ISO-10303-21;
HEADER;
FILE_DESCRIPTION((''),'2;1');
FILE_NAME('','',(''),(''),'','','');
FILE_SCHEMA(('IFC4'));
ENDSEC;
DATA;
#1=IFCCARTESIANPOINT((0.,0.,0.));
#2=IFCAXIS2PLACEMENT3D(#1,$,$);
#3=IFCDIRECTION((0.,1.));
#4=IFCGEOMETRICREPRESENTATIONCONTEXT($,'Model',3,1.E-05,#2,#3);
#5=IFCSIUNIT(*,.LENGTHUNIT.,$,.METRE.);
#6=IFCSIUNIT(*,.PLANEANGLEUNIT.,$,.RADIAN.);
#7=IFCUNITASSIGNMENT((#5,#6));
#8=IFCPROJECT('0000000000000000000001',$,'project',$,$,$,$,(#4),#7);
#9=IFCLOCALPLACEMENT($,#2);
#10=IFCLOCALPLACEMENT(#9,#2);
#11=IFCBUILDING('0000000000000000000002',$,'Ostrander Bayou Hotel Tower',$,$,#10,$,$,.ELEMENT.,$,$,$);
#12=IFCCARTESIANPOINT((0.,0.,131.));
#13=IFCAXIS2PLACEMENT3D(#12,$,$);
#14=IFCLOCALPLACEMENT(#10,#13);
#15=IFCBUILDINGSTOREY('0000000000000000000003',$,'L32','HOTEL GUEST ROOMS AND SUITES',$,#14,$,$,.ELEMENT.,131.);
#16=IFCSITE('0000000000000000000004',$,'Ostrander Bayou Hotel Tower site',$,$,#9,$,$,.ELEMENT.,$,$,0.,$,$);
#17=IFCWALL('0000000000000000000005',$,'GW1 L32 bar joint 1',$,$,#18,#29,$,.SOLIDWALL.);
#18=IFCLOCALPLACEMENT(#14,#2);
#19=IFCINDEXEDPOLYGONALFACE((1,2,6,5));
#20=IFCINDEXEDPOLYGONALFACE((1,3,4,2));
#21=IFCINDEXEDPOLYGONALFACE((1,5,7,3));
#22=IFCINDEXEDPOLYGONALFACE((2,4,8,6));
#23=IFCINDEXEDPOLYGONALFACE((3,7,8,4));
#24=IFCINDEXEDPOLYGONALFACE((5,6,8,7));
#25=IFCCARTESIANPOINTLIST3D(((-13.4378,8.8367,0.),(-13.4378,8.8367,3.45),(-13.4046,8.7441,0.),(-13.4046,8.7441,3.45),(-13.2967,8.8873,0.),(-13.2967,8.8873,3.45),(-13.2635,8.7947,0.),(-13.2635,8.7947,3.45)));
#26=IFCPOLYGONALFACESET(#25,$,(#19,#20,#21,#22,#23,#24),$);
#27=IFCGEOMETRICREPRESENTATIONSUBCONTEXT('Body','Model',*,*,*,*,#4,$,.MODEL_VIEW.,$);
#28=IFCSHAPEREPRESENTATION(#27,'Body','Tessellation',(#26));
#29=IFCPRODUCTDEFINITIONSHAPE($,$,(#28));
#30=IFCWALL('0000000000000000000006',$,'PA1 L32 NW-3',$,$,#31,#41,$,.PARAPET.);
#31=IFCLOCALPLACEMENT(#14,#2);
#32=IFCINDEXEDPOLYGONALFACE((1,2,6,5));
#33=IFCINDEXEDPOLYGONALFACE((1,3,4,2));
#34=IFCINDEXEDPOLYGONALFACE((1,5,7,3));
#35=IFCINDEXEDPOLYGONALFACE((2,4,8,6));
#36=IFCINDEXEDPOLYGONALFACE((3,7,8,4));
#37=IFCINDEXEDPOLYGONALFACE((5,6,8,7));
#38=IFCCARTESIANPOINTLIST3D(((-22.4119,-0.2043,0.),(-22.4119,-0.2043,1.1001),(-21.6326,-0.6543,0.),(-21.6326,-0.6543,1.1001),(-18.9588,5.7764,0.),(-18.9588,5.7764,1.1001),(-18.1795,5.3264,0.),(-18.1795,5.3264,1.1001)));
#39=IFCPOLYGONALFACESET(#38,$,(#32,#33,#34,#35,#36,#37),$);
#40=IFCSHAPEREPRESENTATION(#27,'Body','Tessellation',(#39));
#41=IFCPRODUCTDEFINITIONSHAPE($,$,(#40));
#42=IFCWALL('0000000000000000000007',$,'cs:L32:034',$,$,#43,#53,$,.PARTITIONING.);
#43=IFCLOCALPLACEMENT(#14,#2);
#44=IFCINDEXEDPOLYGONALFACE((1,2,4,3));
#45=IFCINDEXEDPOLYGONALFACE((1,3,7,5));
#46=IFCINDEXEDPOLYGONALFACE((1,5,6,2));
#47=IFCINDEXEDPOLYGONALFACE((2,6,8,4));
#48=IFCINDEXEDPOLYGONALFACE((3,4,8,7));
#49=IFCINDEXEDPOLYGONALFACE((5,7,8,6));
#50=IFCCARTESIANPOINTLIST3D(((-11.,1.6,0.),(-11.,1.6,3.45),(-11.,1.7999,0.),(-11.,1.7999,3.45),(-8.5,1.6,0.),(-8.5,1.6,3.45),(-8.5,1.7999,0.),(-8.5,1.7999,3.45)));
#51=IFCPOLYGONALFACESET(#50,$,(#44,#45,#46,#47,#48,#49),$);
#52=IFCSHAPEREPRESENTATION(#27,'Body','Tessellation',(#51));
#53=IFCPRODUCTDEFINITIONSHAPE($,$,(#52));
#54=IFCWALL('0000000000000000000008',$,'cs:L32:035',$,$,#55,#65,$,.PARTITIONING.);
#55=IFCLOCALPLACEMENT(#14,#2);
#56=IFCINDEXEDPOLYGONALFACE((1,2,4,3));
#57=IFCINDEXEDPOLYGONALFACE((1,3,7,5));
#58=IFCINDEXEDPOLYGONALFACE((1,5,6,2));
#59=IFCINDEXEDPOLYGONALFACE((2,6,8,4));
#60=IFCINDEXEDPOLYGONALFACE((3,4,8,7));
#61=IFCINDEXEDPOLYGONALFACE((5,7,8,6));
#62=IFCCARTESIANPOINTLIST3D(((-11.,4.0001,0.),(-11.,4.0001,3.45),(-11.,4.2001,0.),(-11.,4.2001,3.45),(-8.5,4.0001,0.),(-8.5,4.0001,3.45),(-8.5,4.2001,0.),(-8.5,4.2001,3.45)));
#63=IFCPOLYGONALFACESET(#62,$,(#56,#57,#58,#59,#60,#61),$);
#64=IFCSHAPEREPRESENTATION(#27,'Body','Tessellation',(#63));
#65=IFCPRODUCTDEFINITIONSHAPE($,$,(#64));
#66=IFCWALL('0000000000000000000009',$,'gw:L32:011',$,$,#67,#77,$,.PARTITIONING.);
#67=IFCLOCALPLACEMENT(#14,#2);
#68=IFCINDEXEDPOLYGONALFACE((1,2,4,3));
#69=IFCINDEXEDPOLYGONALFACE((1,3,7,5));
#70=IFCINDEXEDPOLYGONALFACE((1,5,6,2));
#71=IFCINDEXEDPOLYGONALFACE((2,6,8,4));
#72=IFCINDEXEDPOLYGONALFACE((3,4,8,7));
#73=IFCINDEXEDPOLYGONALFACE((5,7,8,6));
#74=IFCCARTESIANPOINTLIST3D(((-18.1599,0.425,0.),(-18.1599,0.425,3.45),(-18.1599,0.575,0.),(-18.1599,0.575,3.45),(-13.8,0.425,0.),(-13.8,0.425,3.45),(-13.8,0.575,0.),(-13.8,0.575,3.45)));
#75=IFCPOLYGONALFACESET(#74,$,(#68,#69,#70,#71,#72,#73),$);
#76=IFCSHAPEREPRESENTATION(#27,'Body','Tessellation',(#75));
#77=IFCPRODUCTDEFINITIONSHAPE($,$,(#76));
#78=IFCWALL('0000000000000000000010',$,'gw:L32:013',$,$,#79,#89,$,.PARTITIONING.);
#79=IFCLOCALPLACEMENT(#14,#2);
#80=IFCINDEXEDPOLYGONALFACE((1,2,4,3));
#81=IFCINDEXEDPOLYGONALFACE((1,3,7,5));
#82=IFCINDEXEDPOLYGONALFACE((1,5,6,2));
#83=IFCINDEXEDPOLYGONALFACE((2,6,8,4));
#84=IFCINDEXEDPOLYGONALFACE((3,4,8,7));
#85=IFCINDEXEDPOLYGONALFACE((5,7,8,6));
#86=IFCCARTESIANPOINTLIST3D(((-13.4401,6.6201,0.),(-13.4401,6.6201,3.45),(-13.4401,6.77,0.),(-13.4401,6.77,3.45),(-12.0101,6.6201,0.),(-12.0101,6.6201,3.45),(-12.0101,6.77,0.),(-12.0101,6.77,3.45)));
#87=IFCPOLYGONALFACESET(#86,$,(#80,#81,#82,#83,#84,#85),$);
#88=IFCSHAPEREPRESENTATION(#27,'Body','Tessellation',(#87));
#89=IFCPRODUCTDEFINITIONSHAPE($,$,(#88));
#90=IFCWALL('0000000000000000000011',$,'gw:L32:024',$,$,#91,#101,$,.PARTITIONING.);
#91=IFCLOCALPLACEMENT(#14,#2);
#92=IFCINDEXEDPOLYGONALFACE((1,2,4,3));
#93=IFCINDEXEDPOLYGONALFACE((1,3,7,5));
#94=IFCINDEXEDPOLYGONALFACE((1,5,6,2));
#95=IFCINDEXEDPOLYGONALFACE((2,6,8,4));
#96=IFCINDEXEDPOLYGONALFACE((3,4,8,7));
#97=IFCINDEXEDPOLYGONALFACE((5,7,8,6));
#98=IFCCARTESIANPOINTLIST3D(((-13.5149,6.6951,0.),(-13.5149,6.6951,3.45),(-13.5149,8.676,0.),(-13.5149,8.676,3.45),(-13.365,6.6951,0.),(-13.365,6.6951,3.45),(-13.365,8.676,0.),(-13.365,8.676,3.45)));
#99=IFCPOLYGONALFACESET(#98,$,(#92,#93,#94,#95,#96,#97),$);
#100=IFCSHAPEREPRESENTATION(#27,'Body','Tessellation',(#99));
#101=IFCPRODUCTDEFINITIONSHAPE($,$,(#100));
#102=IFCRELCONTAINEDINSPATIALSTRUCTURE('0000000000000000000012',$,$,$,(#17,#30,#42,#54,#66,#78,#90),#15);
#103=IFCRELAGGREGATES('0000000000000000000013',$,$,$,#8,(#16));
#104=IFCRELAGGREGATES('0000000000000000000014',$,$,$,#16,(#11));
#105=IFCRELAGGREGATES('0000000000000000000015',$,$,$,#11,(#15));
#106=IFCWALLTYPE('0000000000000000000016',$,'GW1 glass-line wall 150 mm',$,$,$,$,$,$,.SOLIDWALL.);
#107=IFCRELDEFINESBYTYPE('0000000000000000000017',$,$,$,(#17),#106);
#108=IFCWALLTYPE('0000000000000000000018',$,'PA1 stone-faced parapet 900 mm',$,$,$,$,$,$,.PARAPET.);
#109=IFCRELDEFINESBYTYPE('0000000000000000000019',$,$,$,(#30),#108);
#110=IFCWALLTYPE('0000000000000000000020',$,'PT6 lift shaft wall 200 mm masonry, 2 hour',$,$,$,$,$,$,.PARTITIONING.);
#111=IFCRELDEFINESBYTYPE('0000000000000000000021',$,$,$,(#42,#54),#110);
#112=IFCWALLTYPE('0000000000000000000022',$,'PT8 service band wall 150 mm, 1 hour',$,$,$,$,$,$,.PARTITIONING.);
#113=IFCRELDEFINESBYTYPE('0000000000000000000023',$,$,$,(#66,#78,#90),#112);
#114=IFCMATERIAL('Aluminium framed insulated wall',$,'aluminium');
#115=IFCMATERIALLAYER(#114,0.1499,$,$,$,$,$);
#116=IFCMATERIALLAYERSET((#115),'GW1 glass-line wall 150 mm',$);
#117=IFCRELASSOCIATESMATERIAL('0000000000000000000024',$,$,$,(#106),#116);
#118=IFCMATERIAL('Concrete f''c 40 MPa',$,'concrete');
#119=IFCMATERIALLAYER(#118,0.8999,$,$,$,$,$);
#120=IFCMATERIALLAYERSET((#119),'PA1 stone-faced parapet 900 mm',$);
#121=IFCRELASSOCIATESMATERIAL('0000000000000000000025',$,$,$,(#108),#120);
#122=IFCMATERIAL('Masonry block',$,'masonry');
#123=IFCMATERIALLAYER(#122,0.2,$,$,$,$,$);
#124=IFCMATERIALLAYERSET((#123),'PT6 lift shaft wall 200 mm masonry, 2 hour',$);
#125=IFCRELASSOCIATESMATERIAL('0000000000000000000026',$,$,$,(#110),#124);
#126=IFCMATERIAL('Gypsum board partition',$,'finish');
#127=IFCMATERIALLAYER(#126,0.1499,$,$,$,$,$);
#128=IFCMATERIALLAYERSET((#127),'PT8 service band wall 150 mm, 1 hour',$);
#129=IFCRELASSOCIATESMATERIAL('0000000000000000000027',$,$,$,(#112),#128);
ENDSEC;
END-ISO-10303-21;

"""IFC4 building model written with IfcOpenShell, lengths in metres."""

from ifc_helpers import new_model, si_unit, direction, frame, frame_2d, origin, place, context, subcontext, project, spatial, rectangle, extrude, material, layer, layer_set, type_object, element, save


model = new_model("IFC4")

# Units and contexts
model_context = context("Model", 3, precision=1e-05, world=origin(), true_north=direction((0.0, 1.0)))
body_context = subcontext(model_context, "Body", "Model", "MODEL_VIEW")
ifc_project = project(units=[si_unit("LENGTHUNIT", "METRE"), si_unit("PLANEANGLEUNIT", "RADIAN")], contexts=[model_context])

# Site, building, storey
site_placement = place(None, origin())
site = spatial("IfcSite", under=ifc_project, at=site_placement, Name="Ostrander Bayou Hotel Tower site", CompositionType="ELEMENT", RefElevation=0.0)
building_placement = place(site_placement, origin())
building = spatial("IfcBuilding", under=site, at=building_placement, Name="Ostrander Bayou Hotel Tower", CompositionType="ELEMENT")
storey_placement = place(building_placement, frame((0.0, 0.0, 131.0)))
storey = spatial("IfcBuildingStorey", under=building, at=storey_placement, Name="L32", Description="HOTEL GUEST ROOMS AND SUITES", CompositionType="ELEMENT", Elevation=131.0)

# Shared definitions
ifc_material_1 = material(Name="Aluminium framed insulated wall", Category="aluminium")
ifc_layer_1 = layer(ifc_material_1, 0.1499)
ifc_layer_set_1 = layer_set([ifc_layer_1], Name="GW1 glass-line wall 150 mm")
wall_type_1 = type_object("IfcWallType", Name="GW1 glass-line wall 150 mm", PredefinedType="SOLIDWALL", material=ifc_layer_set_1)

# Walls
wall_1_placement = place(storey_placement, frame((-13.334, 8.7693, 0.0), z_axis=(0.0, 0.0, 1.0), x_axis=(-0.337752, 0.941235, 0.0)))
element("IfcWall", 1, at=wall_1_placement, inside=storey, type_object=wall_type_1, Name="GW1 L32 bar joint 1", PredefinedType="SOLIDWALL", context=body_context, shape_type="SweptSolid", body=[
    extrude(rectangle(XDim=0.0984, YDim=0.1499, at=frame_2d((0.0493, 0.0))), origin(), (0.0, 0.0, 1.0), 3.45),
])
ifc_material_2 = material(Name="Concrete f'c 40 MPa", Category="concrete")
ifc_layer_2 = layer(ifc_material_2, 0.8999)
ifc_layer_set_2 = layer_set([ifc_layer_2], Name="PA1 stone-faced parapet 900 mm")
wall_type_2 = type_object("IfcWallType", Name="PA1 stone-faced parapet 900 mm", PredefinedType="PARAPET", material=ifc_layer_set_2)
wall_2_placement = place(storey_placement, frame((-18.5691, 5.5515, 0.0), z_axis=(0.0, 0.0, 1.0), x_axis=(-0.500017, -0.866015, 0.0)))
element("IfcWall", 2, at=wall_2_placement, inside=storey, type_object=wall_type_2, Name="PA1 L32 NW-3", PredefinedType="PARAPET", context=body_context, shape_type="SweptSolid", body=[
    extrude(rectangle(XDim=6.906, YDim=0.8999, at=frame_2d((3.4531, 0.0))), origin(), (0.0, 0.0, 1.0), 1.1001),
])

# Walls
ifc_material_3 = material(Name="Masonry block", Category="masonry")
ifc_layer_3 = layer(ifc_material_3, 0.2)
ifc_layer_set_3 = layer_set([ifc_layer_3], Name="PT6 lift shaft wall 200 mm masonry, 2 hour")
wall_type_3 = type_object("IfcWallType", Name="PT6 lift shaft wall 200 mm masonry, 2 hour", PredefinedType="PARTITIONING", material=ifc_layer_set_3)
for number, where, z_axis, x_axis, name in (
    (3, (-11.0, 1.7, 0.0), (0.0, 0.0, 1.0), (1.0, 0.0, 0.0), "cs:L32:034"),
    (4, (-11.0, 4.1001, 0.0), (0.0, 0.0, 1.0), (1.0, 0.0, 0.0), "cs:L32:035"),
):
    element("IfcWall", number, at=place(storey_placement, frame(where, z_axis=z_axis, x_axis=x_axis)), inside=storey, type_object=wall_type_3, Name=name, PredefinedType="PARTITIONING", context=body_context, shape_type="SweptSolid", body=[
        extrude(rectangle(XDim=2.5, YDim=0.2, at=frame_2d((1.25, 0.0))), origin(), (0.0, 0.0, 1.0), 3.45),
    ])
ifc_material_4 = material(Name="Gypsum board partition", Category="finish")
ifc_layer_4 = layer(ifc_material_4, 0.1499)
ifc_layer_set_4 = layer_set([ifc_layer_4], Name="PT8 service band wall 150 mm, 1 hour")
wall_type_4 = type_object("IfcWallType", Name="PT8 service band wall 150 mm, 1 hour", PredefinedType="PARTITIONING", material=ifc_layer_set_4)
wall_3_placement = place(storey_placement, frame((-18.1599, 0.5, 0.0), z_axis=(0.0, 0.0, 1.0), x_axis=(1.0, 0.0, 0.0)))
element("IfcWall", 5, at=wall_3_placement, inside=storey, type_object=wall_type_4, Name="gw:L32:011", PredefinedType="PARTITIONING", context=body_context, shape_type="SweptSolid", body=[
    extrude(rectangle(XDim=4.3599, YDim=0.1499, at=frame_2d((2.1799, 0.0))), origin(), (0.0, 0.0, 1.0), 3.45),
])
wall_4_placement = place(storey_placement, frame((-13.4399, 6.6951, 0.0), z_axis=(0.0, 0.0, 1.0), x_axis=(1.0, 0.0, 0.0)))
element("IfcWall", 6, at=wall_4_placement, inside=storey, type_object=wall_type_4, Name="gw:L32:013", PredefinedType="PARTITIONING", context=body_context, shape_type="SweptSolid", body=[
    extrude(rectangle(XDim=1.4299, YDim=0.1499, at=frame_2d((0.7148, 0.0))), origin(), (0.0, 0.0, 1.0), 3.45),
])
wall_5_placement = place(storey_placement, frame((-13.4399, 6.6951, 0.0), z_axis=(0.0, 0.0, 1.0), x_axis=(0.0, 1.0, 0.0)))
element("IfcWall", 7, at=wall_5_placement, inside=storey, type_object=wall_type_4, Name="gw:L32:024", PredefinedType="PARTITIONING", context=body_context, shape_type="SweptSolid", body=[
    extrude(rectangle(XDim=1.981, YDim=0.1499, at=frame_2d((0.9905, 0.0))), origin(), (0.0, 0.0, 1.0), 3.45),
])

save(model, "model.ifc")
